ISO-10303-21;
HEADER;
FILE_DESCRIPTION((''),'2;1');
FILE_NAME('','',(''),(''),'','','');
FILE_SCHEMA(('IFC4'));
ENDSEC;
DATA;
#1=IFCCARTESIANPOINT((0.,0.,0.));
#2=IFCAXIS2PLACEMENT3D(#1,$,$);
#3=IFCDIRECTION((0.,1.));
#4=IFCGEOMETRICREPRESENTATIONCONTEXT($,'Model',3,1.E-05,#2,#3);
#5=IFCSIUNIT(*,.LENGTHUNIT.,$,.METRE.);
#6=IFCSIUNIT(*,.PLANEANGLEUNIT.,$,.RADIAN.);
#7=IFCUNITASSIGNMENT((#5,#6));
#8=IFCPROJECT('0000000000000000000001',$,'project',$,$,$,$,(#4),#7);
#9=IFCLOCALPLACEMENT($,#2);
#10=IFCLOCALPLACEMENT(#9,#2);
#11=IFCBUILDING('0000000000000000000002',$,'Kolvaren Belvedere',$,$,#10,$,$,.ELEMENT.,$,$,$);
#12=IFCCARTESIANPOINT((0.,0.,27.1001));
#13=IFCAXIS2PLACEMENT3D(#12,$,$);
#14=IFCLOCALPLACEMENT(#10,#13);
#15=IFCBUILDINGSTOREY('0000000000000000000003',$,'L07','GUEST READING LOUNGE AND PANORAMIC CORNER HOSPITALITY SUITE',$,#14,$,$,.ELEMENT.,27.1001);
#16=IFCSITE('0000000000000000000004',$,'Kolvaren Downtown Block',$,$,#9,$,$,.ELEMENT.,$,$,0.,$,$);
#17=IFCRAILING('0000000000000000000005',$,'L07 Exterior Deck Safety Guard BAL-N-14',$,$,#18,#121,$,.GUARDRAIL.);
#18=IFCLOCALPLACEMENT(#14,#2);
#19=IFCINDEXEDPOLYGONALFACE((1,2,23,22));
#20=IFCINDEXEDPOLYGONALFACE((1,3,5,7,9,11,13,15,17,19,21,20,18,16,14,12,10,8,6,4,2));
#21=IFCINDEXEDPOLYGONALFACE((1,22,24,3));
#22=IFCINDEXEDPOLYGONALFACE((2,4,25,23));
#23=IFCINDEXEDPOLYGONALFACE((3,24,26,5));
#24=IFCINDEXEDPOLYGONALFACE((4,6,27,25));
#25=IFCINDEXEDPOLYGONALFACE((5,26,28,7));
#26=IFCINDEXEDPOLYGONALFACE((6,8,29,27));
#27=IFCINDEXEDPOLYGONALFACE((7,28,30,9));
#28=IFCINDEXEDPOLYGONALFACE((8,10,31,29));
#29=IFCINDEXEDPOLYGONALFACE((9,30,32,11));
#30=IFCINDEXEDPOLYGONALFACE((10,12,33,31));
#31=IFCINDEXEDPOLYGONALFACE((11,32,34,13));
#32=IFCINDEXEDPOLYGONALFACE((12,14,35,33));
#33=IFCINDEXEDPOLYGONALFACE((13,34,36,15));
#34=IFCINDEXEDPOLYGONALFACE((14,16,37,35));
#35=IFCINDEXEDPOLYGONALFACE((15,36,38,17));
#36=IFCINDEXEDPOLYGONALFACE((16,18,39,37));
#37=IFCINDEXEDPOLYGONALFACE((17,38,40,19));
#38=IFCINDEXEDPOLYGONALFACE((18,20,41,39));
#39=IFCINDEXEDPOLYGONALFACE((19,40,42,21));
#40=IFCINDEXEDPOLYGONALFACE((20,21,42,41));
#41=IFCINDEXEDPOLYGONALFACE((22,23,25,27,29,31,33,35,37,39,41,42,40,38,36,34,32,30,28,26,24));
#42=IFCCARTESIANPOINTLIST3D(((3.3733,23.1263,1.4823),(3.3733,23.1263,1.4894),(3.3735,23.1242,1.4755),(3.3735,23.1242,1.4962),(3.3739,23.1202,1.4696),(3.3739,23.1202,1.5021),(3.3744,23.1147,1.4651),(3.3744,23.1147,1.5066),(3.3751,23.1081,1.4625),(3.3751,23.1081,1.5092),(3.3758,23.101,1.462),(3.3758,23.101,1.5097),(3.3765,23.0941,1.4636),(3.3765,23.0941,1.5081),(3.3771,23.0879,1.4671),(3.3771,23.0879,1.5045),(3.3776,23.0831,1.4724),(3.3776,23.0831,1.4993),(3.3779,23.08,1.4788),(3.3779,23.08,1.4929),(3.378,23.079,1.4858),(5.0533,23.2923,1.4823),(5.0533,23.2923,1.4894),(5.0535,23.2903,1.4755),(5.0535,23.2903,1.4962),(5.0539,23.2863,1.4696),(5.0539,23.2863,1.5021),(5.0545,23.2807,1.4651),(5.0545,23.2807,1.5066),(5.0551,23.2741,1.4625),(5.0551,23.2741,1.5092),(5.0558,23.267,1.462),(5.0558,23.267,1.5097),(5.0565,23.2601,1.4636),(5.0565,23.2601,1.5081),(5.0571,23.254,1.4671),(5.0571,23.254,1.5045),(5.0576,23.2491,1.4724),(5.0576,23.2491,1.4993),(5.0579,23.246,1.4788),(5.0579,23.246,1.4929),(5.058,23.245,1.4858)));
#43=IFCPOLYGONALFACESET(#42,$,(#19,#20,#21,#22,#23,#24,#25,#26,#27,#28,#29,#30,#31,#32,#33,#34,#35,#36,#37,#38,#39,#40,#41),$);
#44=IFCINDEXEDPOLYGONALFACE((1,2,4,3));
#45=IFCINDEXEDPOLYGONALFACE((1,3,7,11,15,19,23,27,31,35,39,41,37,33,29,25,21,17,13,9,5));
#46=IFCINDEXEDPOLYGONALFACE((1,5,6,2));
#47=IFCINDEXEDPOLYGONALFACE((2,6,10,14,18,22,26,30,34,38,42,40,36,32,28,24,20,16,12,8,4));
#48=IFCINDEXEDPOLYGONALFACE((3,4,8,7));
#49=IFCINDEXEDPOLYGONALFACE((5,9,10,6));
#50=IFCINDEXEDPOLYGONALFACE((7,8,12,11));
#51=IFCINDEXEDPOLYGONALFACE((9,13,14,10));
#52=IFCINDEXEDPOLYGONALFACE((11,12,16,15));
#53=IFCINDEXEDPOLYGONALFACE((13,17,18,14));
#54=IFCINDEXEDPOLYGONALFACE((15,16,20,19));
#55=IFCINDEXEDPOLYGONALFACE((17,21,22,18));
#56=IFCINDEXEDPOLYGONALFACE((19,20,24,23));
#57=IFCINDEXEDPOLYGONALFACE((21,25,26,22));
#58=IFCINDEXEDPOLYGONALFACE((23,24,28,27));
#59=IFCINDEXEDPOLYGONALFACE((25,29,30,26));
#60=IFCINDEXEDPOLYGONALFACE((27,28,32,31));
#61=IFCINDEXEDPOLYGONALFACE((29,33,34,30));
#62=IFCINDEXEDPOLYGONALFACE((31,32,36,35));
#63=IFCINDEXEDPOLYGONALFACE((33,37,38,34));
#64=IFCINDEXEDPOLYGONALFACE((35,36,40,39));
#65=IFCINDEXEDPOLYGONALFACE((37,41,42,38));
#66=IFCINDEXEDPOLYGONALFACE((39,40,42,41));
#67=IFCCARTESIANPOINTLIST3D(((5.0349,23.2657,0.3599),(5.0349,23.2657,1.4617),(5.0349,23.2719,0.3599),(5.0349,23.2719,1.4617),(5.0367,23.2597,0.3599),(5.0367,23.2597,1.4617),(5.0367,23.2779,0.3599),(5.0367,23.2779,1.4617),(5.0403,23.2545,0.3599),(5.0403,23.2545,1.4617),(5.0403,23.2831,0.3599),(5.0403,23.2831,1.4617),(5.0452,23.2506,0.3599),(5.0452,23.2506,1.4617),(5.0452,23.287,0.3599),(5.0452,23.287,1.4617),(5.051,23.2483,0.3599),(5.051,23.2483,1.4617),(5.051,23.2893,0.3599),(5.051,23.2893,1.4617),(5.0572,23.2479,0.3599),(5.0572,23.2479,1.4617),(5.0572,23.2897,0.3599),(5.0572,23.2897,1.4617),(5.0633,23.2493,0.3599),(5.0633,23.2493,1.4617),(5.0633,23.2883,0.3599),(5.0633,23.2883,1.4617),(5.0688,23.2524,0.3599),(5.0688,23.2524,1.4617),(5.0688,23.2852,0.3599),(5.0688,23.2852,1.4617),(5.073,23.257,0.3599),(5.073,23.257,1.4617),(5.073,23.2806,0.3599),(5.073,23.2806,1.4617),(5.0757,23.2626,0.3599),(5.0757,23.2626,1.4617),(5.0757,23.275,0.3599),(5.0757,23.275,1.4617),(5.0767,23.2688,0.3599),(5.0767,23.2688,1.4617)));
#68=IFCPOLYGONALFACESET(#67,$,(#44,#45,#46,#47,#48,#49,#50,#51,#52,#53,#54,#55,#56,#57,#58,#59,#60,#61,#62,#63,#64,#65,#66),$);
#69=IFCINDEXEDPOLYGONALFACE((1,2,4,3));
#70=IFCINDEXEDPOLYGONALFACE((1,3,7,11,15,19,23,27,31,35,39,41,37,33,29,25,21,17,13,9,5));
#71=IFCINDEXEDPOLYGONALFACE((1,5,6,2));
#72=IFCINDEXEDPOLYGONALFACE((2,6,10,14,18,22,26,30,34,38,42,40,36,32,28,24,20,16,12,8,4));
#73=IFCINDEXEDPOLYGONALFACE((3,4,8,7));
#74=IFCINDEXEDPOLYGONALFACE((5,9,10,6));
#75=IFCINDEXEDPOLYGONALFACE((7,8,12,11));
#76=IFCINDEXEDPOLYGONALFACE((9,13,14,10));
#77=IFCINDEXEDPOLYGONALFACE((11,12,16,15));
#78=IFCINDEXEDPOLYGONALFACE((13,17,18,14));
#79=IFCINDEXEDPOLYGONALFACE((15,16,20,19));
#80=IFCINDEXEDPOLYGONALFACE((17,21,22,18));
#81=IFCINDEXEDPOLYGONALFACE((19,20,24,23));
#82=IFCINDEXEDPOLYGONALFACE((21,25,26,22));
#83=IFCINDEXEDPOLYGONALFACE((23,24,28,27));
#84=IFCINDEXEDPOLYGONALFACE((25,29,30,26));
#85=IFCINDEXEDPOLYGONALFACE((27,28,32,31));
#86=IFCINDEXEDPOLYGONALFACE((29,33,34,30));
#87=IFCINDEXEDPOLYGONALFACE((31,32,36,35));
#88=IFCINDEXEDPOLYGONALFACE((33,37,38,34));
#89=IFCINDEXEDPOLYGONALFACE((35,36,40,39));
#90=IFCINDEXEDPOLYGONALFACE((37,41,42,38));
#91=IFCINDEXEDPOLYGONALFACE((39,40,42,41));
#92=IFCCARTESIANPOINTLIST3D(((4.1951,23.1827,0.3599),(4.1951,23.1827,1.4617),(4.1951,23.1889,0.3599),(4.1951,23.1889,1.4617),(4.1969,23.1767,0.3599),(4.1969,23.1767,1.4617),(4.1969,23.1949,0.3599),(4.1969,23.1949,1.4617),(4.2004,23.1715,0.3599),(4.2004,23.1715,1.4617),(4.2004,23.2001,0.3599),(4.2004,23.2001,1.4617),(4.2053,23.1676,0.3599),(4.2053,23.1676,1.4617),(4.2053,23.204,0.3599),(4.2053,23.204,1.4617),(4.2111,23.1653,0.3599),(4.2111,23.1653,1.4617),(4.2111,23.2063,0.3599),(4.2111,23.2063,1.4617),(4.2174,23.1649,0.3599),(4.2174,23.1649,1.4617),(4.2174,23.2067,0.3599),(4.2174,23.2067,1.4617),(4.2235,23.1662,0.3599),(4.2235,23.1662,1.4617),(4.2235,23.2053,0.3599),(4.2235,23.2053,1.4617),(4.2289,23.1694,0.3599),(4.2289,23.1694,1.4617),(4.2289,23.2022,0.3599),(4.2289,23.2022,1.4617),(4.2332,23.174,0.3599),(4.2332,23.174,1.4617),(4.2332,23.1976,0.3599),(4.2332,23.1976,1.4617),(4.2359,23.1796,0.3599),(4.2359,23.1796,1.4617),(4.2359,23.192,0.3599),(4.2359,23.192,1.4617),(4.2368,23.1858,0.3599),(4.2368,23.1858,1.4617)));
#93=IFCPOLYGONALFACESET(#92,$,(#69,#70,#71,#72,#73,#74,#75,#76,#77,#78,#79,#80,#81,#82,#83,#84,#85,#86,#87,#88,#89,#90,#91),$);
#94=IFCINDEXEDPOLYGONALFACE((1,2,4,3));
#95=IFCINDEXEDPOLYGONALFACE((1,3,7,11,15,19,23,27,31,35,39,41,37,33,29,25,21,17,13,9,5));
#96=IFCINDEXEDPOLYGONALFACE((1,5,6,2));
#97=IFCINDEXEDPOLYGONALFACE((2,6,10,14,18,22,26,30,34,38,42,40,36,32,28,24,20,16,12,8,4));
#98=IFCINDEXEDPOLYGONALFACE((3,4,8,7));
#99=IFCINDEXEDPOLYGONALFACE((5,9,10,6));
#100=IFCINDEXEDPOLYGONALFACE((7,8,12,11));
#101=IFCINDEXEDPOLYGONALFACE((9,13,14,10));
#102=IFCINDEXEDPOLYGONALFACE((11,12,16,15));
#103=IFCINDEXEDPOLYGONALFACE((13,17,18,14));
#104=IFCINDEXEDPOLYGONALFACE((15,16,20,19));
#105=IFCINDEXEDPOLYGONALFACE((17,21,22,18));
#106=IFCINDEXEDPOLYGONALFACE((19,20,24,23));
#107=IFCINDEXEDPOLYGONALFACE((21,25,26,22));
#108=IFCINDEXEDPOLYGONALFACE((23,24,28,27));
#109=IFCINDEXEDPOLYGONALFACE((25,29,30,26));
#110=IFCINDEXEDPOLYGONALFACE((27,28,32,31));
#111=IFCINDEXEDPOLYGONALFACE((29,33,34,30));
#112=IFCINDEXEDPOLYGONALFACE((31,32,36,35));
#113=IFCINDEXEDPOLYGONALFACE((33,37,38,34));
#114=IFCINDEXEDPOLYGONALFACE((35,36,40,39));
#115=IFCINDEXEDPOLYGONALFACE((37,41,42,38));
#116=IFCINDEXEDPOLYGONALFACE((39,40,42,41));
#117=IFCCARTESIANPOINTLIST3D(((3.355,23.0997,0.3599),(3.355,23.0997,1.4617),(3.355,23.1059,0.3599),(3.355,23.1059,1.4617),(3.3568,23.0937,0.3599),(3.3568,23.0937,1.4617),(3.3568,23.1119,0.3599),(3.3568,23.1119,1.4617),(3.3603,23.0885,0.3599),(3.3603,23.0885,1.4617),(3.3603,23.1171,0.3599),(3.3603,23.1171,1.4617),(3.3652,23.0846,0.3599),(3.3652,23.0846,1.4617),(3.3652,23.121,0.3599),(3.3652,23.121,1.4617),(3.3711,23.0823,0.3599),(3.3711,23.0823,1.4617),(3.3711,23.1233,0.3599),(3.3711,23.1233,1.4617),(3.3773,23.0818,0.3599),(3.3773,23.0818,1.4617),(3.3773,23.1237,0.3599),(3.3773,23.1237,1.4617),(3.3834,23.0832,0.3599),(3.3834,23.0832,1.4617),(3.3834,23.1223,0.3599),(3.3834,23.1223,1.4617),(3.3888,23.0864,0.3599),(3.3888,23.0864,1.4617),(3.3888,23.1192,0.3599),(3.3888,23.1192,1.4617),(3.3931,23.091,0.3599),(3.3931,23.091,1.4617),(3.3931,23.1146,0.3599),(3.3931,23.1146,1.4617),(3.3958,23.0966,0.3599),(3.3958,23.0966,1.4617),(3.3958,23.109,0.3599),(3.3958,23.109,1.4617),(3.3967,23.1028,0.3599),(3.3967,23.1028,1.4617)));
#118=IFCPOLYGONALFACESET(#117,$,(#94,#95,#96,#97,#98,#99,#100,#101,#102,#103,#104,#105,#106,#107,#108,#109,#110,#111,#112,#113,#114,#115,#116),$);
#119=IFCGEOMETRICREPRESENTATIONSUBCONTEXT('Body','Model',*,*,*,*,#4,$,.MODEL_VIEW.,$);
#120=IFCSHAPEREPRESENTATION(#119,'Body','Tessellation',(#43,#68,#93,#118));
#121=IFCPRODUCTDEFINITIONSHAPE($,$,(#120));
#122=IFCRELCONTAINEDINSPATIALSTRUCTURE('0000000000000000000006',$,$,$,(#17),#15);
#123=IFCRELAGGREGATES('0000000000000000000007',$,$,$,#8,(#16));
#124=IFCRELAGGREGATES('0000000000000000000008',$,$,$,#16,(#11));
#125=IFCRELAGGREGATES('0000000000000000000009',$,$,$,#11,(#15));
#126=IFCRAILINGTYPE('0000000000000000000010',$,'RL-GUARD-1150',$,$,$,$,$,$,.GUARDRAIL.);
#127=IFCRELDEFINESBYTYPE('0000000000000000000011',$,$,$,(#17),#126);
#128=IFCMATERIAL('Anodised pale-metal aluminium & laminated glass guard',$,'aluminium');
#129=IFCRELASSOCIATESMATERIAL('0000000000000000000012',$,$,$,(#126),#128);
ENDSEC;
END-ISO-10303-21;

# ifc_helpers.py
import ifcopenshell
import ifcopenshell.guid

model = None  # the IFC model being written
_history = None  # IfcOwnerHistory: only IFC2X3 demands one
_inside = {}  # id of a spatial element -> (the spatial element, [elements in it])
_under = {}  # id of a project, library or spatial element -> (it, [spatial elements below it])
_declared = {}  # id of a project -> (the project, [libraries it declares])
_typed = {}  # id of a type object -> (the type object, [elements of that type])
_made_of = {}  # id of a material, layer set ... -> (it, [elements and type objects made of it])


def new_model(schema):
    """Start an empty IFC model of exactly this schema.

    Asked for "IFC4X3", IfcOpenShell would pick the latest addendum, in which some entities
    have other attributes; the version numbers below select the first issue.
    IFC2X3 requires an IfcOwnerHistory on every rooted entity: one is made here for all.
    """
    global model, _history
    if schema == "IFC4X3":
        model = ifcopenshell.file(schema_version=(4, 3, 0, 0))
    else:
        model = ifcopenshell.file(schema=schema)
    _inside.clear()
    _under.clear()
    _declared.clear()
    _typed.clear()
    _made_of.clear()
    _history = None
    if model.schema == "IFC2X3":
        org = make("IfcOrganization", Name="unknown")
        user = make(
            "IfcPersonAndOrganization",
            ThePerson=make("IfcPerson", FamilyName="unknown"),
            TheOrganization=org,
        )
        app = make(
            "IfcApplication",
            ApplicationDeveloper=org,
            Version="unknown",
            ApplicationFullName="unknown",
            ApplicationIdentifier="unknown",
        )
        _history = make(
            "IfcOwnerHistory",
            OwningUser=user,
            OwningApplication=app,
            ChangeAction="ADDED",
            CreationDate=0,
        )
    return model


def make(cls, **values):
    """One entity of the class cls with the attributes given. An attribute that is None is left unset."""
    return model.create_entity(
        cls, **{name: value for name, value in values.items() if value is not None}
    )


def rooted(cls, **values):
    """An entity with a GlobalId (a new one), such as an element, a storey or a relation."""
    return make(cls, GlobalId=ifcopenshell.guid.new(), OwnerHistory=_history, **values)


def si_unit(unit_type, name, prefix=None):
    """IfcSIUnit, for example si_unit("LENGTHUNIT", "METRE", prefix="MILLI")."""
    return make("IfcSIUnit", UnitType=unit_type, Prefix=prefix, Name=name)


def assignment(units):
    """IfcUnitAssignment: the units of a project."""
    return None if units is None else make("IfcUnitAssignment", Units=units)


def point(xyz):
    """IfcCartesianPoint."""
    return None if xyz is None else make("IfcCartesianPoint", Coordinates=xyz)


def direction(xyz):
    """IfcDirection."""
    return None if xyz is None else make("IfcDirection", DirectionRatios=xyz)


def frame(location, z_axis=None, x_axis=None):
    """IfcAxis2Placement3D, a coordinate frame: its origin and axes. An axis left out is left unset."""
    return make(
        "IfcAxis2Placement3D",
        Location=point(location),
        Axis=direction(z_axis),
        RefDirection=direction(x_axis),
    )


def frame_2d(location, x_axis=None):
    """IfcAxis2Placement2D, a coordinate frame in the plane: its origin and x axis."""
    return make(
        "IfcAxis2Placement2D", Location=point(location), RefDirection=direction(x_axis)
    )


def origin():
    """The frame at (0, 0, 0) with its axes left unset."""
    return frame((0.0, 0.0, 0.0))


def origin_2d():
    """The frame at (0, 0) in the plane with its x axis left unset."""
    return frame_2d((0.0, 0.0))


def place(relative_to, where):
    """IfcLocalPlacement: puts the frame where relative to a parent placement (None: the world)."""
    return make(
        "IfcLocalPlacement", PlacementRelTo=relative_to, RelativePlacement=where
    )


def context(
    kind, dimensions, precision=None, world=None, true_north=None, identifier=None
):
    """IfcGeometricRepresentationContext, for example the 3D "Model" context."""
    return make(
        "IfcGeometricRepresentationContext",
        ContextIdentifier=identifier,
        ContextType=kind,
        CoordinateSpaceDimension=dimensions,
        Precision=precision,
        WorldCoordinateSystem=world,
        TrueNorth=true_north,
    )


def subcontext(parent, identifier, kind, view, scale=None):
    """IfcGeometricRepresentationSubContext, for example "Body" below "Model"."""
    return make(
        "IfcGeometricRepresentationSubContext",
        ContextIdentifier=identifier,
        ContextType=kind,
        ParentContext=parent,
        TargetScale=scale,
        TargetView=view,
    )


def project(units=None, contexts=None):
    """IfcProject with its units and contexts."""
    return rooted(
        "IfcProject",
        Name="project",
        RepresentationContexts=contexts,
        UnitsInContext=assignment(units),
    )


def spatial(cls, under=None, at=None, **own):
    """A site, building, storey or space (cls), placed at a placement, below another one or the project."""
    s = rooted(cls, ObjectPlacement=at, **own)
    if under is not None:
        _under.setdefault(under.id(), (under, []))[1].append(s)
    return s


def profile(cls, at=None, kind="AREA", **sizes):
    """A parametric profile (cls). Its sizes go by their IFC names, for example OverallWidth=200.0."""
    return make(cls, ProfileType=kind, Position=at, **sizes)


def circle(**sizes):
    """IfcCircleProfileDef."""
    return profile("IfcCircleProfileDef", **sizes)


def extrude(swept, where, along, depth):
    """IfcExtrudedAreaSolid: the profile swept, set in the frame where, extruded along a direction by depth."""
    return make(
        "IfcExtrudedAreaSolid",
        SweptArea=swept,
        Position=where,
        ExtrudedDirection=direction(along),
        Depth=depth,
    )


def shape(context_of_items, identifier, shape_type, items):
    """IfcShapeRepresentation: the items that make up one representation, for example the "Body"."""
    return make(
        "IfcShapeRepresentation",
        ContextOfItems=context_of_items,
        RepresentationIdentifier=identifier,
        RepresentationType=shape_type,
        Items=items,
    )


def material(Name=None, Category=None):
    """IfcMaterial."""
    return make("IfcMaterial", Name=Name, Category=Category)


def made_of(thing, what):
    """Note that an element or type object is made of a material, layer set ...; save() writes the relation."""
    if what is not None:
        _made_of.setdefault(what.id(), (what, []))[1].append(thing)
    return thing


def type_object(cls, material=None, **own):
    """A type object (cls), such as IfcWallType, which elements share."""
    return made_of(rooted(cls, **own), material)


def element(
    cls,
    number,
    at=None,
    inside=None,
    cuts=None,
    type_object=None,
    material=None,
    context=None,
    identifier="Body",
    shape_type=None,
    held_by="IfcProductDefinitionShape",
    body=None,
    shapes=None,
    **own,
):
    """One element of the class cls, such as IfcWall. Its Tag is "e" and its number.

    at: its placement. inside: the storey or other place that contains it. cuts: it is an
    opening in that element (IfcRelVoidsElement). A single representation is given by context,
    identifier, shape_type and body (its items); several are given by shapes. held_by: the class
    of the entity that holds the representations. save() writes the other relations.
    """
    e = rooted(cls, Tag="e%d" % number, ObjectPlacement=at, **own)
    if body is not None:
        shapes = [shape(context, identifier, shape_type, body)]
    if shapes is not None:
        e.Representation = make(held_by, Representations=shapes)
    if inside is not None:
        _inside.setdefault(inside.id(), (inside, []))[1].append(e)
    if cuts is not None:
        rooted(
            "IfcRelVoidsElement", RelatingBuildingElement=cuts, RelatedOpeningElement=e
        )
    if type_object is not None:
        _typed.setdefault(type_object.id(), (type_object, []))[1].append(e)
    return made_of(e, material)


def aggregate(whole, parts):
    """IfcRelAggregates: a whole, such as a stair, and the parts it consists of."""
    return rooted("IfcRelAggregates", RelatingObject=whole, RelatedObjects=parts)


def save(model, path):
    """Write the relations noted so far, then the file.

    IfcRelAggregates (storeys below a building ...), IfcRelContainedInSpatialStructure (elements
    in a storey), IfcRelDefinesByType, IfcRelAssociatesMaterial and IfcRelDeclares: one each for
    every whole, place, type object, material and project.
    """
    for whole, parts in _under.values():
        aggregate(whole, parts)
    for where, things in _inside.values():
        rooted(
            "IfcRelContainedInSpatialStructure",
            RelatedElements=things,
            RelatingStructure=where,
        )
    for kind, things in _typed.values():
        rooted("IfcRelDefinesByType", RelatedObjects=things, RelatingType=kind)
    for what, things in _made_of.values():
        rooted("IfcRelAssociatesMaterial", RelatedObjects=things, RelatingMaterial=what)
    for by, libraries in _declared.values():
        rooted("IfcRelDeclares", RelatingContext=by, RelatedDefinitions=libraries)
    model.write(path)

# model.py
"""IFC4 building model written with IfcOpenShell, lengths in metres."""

from ifc_helpers import new_model, si_unit, direction, frame, origin, origin_2d, place, context, subcontext, project, spatial, circle, extrude, material, type_object, element, save


model = new_model("IFC4")

# Units and contexts
model_context = context("Model", 3, precision=1e-05, world=origin(), true_north=direction((0.0, 1.0)))
body_context = subcontext(model_context, "Body", "Model", "MODEL_VIEW")
ifc_project = project(units=[si_unit("LENGTHUNIT", "METRE"), si_unit("PLANEANGLEUNIT", "RADIAN")], contexts=[model_context])

# Site, building, storey
site_placement = place(None, origin())
site = spatial("IfcSite", under=ifc_project, at=site_placement, Name="Kolvaren Downtown Block", CompositionType="ELEMENT", RefElevation=0.0)
building_placement = place(site_placement, origin())
building = spatial("IfcBuilding", under=site, at=building_placement, Name="Kolvaren Belvedere", CompositionType="ELEMENT")
storey_placement = place(building_placement, frame((0.0, 0.0, 27.1001)))
storey = spatial("IfcBuildingStorey", under=building, at=storey_placement, Name="L07", Description="GUEST READING LOUNGE AND PANORAMIC CORNER HOSPITALITY SUITE", CompositionType="ELEMENT", Elevation=27.1001)

# Railing
ifc_material_1 = material(Name="Anodised pale-metal aluminium & laminated glass guard", Category="aluminium")
railing_type = type_object("IfcRailingType", Name="RL-GUARD-1150", PredefinedType="GUARDRAIL", material=ifc_material_1)
railing_1_placement = place(storey_placement, frame((5.0557, 23.2688, 0.3599)))
element("IfcRailing", 1, at=railing_1_placement, inside=storey, type_object=railing_type, Name="L07 Exterior Deck Safety Guard BAL-N-14", PredefinedType="GUARDRAIL", context=body_context, shape_type="SweptSolid", body=[
    extrude(circle(Radius=0.0239, at=origin_2d()), frame((0.0, 0.0, 1.126), z_axis=(-0.995152, -0.098344, 0.0), x_axis=(0.098344, -0.995152, 0.0)), (0.0, 0.0, 1.0), 1.6882),
    extrude(circle(Radius=0.021, at=origin_2d()), origin(), (0.0, 0.0, 1.0), 1.1018),
    extrude(circle(Radius=0.021, at=origin_2d()), frame((-0.8398, -0.083, 0.0)), (0.0, 0.0, 1.0), 1.1018),
    extrude(circle(Radius=0.021, at=origin_2d()), frame((-1.6799, -0.166, 0.0)), (0.0, 0.0, 1.0), 1.1018),
])

save(model, "model.ifc")
